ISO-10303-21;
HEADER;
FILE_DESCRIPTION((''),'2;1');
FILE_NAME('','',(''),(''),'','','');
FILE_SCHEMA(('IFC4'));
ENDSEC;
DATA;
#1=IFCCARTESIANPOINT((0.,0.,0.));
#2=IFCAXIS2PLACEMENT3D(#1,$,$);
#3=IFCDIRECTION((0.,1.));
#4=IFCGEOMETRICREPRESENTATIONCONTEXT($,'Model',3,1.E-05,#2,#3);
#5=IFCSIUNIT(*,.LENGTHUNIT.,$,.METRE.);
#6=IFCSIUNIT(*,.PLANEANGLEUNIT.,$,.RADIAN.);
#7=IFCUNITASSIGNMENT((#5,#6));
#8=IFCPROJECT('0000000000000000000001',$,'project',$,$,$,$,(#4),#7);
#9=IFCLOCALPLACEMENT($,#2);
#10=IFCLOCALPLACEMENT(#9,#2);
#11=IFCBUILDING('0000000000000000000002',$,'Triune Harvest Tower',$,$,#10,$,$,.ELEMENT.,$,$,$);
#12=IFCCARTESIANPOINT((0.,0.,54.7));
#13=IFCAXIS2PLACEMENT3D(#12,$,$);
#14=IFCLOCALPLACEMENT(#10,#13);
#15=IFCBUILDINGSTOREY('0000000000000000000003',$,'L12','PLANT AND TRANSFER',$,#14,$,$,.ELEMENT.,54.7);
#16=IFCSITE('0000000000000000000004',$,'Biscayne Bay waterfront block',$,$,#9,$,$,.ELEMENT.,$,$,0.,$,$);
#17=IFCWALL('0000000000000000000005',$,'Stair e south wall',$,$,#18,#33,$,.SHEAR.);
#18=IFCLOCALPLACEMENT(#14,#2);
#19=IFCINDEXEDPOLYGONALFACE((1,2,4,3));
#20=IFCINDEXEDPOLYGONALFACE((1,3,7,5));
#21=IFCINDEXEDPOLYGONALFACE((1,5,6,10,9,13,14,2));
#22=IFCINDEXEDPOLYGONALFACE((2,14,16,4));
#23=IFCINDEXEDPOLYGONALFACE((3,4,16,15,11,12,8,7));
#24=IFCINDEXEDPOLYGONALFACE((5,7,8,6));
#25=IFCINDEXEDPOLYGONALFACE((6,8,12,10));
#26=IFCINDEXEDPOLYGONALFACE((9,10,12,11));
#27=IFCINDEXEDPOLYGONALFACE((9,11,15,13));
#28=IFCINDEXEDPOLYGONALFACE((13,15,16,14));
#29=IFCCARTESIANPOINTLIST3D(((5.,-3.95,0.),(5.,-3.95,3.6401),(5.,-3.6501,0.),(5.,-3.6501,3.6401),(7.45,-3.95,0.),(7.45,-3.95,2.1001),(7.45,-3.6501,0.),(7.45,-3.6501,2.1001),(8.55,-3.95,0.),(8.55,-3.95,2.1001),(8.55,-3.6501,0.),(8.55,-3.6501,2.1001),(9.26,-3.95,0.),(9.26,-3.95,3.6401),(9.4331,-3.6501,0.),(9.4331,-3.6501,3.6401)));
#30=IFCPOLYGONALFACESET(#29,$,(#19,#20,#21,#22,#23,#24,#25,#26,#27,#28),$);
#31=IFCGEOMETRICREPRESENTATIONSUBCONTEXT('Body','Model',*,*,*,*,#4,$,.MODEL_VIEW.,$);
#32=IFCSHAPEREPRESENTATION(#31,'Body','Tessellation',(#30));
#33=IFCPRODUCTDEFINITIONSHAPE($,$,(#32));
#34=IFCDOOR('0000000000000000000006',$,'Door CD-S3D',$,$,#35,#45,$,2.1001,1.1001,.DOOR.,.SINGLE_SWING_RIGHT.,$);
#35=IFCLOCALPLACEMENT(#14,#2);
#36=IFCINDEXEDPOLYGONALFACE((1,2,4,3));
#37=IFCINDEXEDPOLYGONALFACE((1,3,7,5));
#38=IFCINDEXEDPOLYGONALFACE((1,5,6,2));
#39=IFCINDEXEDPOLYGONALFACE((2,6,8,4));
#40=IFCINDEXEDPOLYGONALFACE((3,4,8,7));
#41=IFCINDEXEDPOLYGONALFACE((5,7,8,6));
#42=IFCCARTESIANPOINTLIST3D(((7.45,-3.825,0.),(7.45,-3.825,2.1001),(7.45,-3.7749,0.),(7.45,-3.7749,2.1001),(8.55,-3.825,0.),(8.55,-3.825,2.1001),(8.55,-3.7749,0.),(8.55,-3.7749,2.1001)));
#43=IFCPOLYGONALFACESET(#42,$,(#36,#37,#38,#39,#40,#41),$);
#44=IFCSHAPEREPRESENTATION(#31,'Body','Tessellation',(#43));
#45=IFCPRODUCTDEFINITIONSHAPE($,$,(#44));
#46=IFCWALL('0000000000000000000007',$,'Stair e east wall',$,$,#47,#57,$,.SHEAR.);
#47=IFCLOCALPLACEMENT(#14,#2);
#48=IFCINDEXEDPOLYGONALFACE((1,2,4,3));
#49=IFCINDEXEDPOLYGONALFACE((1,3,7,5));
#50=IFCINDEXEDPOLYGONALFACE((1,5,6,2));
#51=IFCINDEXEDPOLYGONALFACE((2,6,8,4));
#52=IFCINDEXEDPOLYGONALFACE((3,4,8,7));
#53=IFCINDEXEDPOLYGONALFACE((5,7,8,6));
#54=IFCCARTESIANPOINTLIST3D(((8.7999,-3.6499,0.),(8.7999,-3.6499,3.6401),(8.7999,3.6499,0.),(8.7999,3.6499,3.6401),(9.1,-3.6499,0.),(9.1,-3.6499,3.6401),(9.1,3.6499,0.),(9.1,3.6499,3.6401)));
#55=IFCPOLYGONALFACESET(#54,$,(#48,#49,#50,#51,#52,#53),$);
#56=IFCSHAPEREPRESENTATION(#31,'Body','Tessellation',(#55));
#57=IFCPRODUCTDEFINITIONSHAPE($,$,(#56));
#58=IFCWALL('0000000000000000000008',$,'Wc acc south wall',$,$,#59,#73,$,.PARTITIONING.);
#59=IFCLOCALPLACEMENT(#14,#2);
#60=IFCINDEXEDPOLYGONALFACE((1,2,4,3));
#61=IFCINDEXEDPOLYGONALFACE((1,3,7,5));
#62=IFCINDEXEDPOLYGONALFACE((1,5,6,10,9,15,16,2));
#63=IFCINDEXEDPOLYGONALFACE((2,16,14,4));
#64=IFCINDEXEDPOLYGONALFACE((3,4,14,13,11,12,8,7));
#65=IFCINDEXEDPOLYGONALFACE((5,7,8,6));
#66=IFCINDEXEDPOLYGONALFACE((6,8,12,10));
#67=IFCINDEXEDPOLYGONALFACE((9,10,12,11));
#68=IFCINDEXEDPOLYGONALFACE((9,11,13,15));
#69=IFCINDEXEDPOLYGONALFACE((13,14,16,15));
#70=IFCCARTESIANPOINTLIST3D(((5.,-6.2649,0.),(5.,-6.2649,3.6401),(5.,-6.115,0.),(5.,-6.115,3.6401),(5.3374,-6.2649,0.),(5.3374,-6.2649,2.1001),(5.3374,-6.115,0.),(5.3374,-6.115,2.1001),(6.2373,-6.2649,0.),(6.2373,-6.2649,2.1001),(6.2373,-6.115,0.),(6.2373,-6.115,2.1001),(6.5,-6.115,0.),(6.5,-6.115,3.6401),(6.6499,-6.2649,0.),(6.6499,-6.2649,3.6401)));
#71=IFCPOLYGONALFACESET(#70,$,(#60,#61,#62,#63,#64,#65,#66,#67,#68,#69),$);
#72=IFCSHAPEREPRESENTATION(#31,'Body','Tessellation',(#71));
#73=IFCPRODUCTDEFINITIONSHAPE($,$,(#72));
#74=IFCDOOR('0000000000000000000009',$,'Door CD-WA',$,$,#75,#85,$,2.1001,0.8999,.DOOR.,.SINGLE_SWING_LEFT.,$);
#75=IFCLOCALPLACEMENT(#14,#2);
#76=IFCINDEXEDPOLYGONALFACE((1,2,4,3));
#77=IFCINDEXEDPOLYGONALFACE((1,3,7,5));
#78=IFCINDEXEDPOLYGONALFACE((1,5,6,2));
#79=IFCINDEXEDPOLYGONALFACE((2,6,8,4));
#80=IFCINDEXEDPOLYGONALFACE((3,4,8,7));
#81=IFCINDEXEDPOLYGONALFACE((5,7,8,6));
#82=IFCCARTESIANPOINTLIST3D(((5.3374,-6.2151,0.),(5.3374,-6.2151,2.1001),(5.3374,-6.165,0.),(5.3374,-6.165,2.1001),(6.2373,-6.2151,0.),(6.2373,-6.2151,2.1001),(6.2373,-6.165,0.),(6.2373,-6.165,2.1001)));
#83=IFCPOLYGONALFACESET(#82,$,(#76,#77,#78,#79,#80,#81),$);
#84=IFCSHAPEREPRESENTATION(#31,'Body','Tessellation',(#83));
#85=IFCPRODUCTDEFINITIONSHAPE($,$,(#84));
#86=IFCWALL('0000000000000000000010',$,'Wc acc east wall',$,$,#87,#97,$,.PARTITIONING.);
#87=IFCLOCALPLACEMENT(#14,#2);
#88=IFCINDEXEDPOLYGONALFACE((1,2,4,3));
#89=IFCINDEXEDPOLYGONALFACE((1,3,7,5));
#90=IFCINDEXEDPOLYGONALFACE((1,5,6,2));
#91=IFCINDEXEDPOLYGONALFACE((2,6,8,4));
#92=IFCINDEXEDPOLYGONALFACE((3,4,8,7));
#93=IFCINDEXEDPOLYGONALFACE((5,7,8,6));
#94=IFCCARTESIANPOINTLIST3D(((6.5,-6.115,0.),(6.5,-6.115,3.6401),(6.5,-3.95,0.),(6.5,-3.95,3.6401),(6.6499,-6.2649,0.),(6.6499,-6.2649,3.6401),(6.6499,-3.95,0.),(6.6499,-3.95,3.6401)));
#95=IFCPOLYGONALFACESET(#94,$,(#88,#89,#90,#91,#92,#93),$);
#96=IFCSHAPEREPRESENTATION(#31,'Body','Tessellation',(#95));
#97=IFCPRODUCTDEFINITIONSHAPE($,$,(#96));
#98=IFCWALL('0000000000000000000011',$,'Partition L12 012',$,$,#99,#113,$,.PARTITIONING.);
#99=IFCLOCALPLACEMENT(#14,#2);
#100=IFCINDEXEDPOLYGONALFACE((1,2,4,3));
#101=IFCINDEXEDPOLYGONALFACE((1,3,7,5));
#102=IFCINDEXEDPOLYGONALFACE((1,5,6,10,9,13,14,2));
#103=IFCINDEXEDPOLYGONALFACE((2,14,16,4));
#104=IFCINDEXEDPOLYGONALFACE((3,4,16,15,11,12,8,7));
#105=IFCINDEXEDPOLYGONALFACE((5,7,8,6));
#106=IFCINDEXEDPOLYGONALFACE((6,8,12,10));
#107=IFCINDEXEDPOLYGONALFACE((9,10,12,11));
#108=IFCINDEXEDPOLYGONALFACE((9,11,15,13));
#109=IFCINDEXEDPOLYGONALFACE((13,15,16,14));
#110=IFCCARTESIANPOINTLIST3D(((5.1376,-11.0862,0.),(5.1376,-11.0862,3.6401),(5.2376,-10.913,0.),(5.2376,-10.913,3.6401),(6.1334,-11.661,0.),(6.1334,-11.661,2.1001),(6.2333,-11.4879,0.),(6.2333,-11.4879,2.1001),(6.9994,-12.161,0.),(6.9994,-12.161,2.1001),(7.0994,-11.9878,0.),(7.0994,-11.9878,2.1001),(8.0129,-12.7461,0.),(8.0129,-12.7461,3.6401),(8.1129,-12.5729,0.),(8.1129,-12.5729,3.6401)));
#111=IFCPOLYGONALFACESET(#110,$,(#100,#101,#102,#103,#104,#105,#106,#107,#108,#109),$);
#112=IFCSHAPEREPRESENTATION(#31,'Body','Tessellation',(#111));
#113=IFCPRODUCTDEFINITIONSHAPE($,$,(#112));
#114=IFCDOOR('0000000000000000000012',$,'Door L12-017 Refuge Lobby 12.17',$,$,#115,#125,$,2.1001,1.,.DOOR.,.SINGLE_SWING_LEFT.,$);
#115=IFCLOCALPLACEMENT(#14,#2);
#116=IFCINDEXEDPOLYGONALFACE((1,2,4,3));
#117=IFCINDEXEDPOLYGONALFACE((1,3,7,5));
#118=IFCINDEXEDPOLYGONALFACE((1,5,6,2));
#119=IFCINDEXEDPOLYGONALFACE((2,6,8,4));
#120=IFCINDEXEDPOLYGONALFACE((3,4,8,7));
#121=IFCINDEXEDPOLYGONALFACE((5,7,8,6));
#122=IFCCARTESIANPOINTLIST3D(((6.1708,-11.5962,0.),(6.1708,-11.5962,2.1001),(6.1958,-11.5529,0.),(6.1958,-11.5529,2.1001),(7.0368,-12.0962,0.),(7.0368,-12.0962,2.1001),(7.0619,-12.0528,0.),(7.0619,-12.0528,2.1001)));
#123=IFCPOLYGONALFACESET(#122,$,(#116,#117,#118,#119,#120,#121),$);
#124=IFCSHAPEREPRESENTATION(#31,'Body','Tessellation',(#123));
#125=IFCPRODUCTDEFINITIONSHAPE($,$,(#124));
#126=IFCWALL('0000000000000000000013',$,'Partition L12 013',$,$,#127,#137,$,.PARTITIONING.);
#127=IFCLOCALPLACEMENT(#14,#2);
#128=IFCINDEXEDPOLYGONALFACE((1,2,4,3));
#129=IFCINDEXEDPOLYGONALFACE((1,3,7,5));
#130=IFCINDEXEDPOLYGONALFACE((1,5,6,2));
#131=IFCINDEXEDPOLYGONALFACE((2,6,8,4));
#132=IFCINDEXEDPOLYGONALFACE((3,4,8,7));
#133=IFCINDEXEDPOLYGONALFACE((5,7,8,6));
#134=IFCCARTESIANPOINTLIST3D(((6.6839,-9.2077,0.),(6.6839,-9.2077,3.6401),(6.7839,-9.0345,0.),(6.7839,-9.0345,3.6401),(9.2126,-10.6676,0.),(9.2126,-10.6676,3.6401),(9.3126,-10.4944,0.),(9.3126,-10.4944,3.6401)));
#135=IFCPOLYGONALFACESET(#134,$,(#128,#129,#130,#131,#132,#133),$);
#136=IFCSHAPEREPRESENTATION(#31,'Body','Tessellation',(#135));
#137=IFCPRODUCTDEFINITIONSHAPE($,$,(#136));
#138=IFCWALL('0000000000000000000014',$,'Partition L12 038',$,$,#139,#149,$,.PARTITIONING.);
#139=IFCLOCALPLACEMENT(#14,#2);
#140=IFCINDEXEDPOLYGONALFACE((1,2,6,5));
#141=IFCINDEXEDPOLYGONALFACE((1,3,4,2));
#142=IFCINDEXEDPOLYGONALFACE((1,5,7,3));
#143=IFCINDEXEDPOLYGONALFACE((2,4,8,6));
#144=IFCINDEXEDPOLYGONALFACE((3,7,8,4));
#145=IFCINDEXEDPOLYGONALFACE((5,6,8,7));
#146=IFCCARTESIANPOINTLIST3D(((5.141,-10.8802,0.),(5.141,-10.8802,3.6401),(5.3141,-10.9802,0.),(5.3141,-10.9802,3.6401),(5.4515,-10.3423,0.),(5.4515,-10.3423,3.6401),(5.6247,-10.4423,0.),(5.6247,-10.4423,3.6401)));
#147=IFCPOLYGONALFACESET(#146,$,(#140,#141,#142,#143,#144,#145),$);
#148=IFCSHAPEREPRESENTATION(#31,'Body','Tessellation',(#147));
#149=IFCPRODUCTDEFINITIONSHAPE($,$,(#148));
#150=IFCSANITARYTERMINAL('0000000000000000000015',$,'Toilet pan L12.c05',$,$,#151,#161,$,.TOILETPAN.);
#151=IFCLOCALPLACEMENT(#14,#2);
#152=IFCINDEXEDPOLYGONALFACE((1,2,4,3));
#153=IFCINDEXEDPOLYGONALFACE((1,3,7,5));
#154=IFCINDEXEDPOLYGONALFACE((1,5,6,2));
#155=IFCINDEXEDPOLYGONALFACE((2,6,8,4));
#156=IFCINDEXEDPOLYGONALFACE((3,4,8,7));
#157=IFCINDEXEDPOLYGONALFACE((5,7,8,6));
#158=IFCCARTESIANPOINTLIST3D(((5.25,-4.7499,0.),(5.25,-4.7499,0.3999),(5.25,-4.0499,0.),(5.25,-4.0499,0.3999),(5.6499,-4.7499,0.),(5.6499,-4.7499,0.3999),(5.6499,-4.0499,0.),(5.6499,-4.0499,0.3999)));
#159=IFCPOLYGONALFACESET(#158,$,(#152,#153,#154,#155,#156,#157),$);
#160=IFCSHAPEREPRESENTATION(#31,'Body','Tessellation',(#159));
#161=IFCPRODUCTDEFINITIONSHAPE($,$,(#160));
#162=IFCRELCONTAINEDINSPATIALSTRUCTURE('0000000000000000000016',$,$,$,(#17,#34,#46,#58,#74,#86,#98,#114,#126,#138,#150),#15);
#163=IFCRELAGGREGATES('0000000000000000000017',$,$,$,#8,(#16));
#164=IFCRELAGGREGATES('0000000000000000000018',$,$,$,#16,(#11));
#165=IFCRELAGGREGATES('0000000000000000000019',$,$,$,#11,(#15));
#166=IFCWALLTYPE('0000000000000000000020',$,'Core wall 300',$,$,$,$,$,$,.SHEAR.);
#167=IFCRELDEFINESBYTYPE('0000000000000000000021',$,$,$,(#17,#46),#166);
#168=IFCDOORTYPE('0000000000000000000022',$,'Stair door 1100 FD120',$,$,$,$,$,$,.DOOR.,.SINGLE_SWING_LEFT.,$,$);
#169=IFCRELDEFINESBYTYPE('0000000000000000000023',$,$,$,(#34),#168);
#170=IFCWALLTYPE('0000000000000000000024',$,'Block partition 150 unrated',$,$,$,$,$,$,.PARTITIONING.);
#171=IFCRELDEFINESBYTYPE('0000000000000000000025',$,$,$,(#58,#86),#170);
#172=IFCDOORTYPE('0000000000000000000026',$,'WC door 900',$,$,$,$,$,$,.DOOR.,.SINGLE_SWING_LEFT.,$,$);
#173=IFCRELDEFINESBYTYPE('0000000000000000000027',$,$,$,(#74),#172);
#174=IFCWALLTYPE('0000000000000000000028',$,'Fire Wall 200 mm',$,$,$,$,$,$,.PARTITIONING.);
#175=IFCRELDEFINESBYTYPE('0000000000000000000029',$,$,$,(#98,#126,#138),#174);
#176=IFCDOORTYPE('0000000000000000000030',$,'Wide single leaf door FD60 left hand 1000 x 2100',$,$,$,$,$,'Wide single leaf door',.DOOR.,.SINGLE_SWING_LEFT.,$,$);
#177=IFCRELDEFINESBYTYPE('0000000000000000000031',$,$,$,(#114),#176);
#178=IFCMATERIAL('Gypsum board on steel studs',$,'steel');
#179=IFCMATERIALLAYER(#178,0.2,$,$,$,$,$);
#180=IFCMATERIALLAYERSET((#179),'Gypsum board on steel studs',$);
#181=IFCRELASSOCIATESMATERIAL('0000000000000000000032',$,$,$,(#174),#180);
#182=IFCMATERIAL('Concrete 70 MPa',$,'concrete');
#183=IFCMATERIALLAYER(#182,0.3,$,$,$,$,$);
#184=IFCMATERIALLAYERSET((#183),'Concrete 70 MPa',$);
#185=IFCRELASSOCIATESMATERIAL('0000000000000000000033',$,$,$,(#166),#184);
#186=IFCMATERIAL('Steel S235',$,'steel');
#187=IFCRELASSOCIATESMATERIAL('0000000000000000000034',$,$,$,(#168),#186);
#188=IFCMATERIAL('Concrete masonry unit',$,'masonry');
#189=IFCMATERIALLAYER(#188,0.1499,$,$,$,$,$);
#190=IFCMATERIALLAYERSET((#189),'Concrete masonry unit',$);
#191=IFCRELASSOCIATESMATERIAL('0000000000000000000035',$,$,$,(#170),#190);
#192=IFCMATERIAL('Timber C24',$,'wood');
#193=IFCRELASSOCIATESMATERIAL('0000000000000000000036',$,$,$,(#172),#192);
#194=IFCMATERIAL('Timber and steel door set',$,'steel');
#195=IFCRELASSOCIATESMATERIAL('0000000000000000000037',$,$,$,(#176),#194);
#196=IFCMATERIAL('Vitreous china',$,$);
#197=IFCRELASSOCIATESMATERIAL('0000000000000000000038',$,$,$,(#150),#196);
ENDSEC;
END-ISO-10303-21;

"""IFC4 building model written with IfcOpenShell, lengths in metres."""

from ifc_helpers import new_model, si_unit, direction, frame, frame_2d, origin, origin_2d, place, context, subcontext, project, spatial, polyline, rectangle, outline, extrude, source, transform, mapped, material, layer, layer_set, type_object, element, fill, save


model = new_model("IFC4")

# Units and contexts
model_context = context("Model", 3, precision=1e-05, world=origin(), true_north=direction((0.0, 1.0)))
body_context = subcontext(model_context, "Body", "Model", "MODEL_VIEW")
ifc_project = project(units=[si_unit("LENGTHUNIT", "METRE"), si_unit("PLANEANGLEUNIT", "RADIAN")], contexts=[model_context])

# Site, building, storey
site_placement = place(None, origin())
site = spatial("IfcSite", under=ifc_project, at=site_placement, Name="Biscayne Bay waterfront block", CompositionType="ELEMENT", RefElevation=0.0)
building_placement = place(site_placement, origin())
building = spatial("IfcBuilding", under=site, at=building_placement, Name="Triune Harvest Tower", CompositionType="ELEMENT")
storey_placement = place(building_placement, frame((0.0, 0.0, 54.7)))
storey = spatial("IfcBuildingStorey", under=building, at=storey_placement, Name="L12", Description="PLANT AND TRANSFER", CompositionType="ELEMENT", Elevation=54.7)

# Shared definitions
ifc_material_1 = material(Name="Gypsum board on steel studs", Category="steel")
ifc_layer_1 = layer(ifc_material_1, 0.2)
ifc_layer_set_1 = layer_set([ifc_layer_1], Name="Gypsum board on steel studs")
wall_type_1 = type_object("IfcWallType", Name="Fire Wall 200 mm", PredefinedType="PARTITIONING", material=ifc_layer_set_1)

# Wall, opening, door
ifc_material_2 = material(Name="Concrete 70 MPa", Category="concrete")
ifc_layer_2 = layer(ifc_material_2, 0.3)
ifc_layer_set_2 = layer_set([ifc_layer_2], Name="Concrete 70 MPa")
wall_type_2 = type_object("IfcWallType", Name="Core wall 300", PredefinedType="SHEAR", material=ifc_layer_set_2)
shared_shape_1 = source(origin(), body_context, "Body", "SweptSolid", [
    extrude(outline(polyline([(0.0, -0.1499), (0.0, 0.1499), (4.4331, 0.1499), (4.26, -0.1499), (0.0, -0.1499)])), origin(), (0.0, 0.0, 1.0), 3.6401),
])
wall_1_placement = place(storey_placement, frame((5.0, -3.8, 0.0), z_axis=(0.0, 0.0, 1.0), x_axis=(1.0, 0.0, 0.0)))
wall_1 = element("IfcWall", 1, at=wall_1_placement, inside=storey, type_object=wall_type_2, Name="Stair e south wall", PredefinedType="SHEAR", context=body_context, shape_type="MappedRepresentation", body=[
    mapped(shared_shape_1, transform((0.0, 0.0, 0.0), scale=1.0)),
])
opening_1_placement = place(wall_1_placement, frame((2.45, 0.0, 0.0)))
opening_1 = element("IfcOpeningElement", 2, at=opening_1_placement, cuts=wall_1, PredefinedType="OPENING", context=body_context, shape_type="SweptSolid", body=[
    extrude(rectangle(XDim=1.1001, YDim=2.1001, at=frame_2d((0.55, 1.05))), frame((0.0, 0.1602, 0.0), z_axis=(0.0, -1.0, 0.0), x_axis=(1.0, 0.0, 0.0)), (0.0, 0.0, 1.0), 0.3201),
])
ifc_material_3 = material(Name="Steel S235", Category="steel")
door_type_1 = type_object("IfcDoorType", Name="Stair door 1100 FD120", OperationType="SINGLE_SWING_LEFT", PredefinedType="DOOR", material=ifc_material_3)
door_1_placement = place(opening_1_placement, frame((1.1001, 0.0, 0.0), z_axis=(0.0, 0.0, 1.0), x_axis=(-1.0, 0.0, 0.0)))
door_1 = element("IfcDoor", 3, at=door_1_placement, inside=storey, type_object=door_type_1, Name="Door CD-S3D", OperationType="SINGLE_SWING_RIGHT", OverallHeight=2.1001, OverallWidth=1.1001, PredefinedType="DOOR", context=body_context, shape_type="SweptSolid", body=[
    extrude(rectangle(XDim=1.1001, YDim=2.1001, at=frame_2d((0.55, 1.05))), frame((0.0, 0.0249, 0.0), z_axis=(0.0, -1.0, 0.0), x_axis=(1.0, 0.0, 0.0)), (0.0, 0.0, 1.0), 0.05),
])
fill(opening_1, door_1)

# Wall
shared_shape_2 = source(origin(), body_context, "Body", "SweptSolid", [
    extrude(rectangle(XDim=7.2998, YDim=0.3, at=frame_2d((3.6499, 0.0))), origin(), (0.0, 0.0, 1.0), 3.6401),
])
wall_2_placement = place(storey_placement, frame((8.95, -3.6499, 0.0), z_axis=(0.0, 0.0, 1.0), x_axis=(0.0, 1.0, 0.0)))
element("IfcWall", 4, at=wall_2_placement, inside=storey, type_object=wall_type_2, Name="Stair e east wall", PredefinedType="SHEAR", context=body_context, shape_type="MappedRepresentation", body=[
    mapped(shared_shape_2, transform((0.0, 0.0, 0.0), scale=1.0)),
])

# Wall, opening, door
ifc_material_4 = material(Name="Concrete masonry unit", Category="masonry")
ifc_layer_3 = layer(ifc_material_4, 0.1499)
ifc_layer_set_3 = layer_set([ifc_layer_3], Name="Concrete masonry unit")
wall_type_3 = type_object("IfcWallType", Name="Block partition 150 unrated", PredefinedType="PARTITIONING", material=ifc_layer_set_3)
shared_shape_3 = source(origin(), body_context, "Body", "SweptSolid", [
    extrude(outline(polyline([(0.0, -0.075), (1.6499, -0.075), (1.5, 0.075), (0.0, 0.075), (0.0, -0.075)])), origin(), (0.0, 0.0, 1.0), 3.6401),
])
wall_3_placement = place(storey_placement, frame((5.0, -6.1899, 0.0), z_axis=(0.0, 0.0, 1.0), x_axis=(1.0, 0.0, 0.0)))
wall_3 = element("IfcWall", 5, at=wall_3_placement, inside=storey, type_object=wall_type_3, Name="Wc acc south wall", PredefinedType="PARTITIONING", context=body_context, shape_type="MappedRepresentation", body=[
    mapped(shared_shape_3, transform((0.0, 0.0, 0.0), scale=1.0)),
])
opening_2_placement = place(wall_3_placement, frame((0.3374, 0.0, 0.0)))
opening_2 = element("IfcOpeningElement", 6, at=opening_2_placement, cuts=wall_3, PredefinedType="OPENING", context=body_context, shape_type="SweptSolid", body=[
    extrude(rectangle(XDim=0.8999, YDim=2.1001, at=frame_2d((0.45, 1.05))), frame((0.0, 0.085, 0.0), z_axis=(0.0, -1.0, 0.0), x_axis=(1.0, 0.0, 0.0)), (0.0, 0.0, 1.0), 0.1699),
])
ifc_material_5 = material(Name="Timber C24", Category="wood")
door_type_2 = type_object("IfcDoorType", Name="WC door 900", OperationType="SINGLE_SWING_LEFT", PredefinedType="DOOR", material=ifc_material_5)
door_2_placement = place(opening_2_placement, origin())
door_2 = element("IfcDoor", 7, at=door_2_placement, inside=storey, type_object=door_type_2, Name="Door CD-WA", OperationType="SINGLE_SWING_LEFT", OverallHeight=2.1001, OverallWidth=0.8999, PredefinedType="DOOR", context=body_context, shape_type="SweptSolid", body=[
    extrude(rectangle(XDim=0.8999, YDim=2.1001, at=frame_2d((0.45, 1.05))), frame((0.0, 0.0249, 0.0), z_axis=(0.0, -1.0, 0.0), x_axis=(1.0, 0.0, 0.0)), (0.0, 0.0, 1.0), 0.05),
])
fill(opening_2, door_2)

# Wall
shared_shape_4 = source(origin(), body_context, "Body", "SweptSolid", [
    extrude(outline(polyline([(-0.075, -0.075), (2.24, -0.075), (2.24, 0.075), (0.075, 0.075), (-0.075, -0.075)])), origin(), (0.0, 0.0, 1.0), 3.6401),
])
wall_4_placement = place(storey_placement, frame((6.575, -6.1899, 0.0), z_axis=(0.0, 0.0, 1.0), x_axis=(0.0, 1.0, 0.0)))
element("IfcWall", 8, at=wall_4_placement, inside=storey, type_object=wall_type_3, Name="Wc acc east wall", PredefinedType="PARTITIONING", context=body_context, shape_type="MappedRepresentation", body=[
    mapped(shared_shape_4, transform((0.0, 0.0, 0.0), scale=1.0)),
])

# Wall, opening, door
shared_shape_5 = source(origin(), body_context, "Body", "SweptSolid", [
    extrude(rectangle(XDim=3.3201, YDim=0.2, at=frame_2d((1.6602, 0.0))), origin(), (0.0, 0.0, 1.0), 3.6401),
])
wall_5_placement = place(storey_placement, frame((5.1875, -10.9995, 0.0), z_axis=(0.0, 0.0, 1.0), x_axis=(0.86604, -0.499975, 0.0)))
wall_5 = element("IfcWall", 9, at=wall_5_placement, inside=storey, type_object=wall_type_1, Name="Partition L12 012", PredefinedType="PARTITIONING", context=body_context, shape_type="MappedRepresentation", body=[
    mapped(shared_shape_5, transform((0.0, 0.0, 0.0), scale=1.0)),
])
opening_3_placement = place(wall_5_placement, frame((1.1499, 0.0, 0.0)))
opening_3 = element("IfcOpeningElement", 10, at=opening_3_placement, cuts=wall_5, PredefinedType="OPENING", context=body_context, shape_type="SweptSolid", body=[
    extrude(rectangle(XDim=1.0, YDim=2.1001, at=frame_2d((0.5, 1.05))), frame((0.0, 0.1099, 0.0), z_axis=(0.0, -1.0, 0.0), x_axis=(1.0, 0.0, 0.0)), (0.0, 0.0, 1.0), 0.22),
])
ifc_material_6 = material(Name="Timber and steel door set", Category="steel")
door_type_3 = type_object("IfcDoorType", Name="Wide single leaf door FD60 left hand 1000 x 2100", ElementType="Wide single leaf door", OperationType="SINGLE_SWING_LEFT", PredefinedType="DOOR", material=ifc_material_6)
door_3_placement = place(opening_3_placement, origin())
door_3 = element("IfcDoor", 11, at=door_3_placement, inside=storey, type_object=door_type_3, Name="Door L12-017 Refuge Lobby 12.17", OperationType="SINGLE_SWING_LEFT", OverallHeight=2.1001, OverallWidth=1.0, PredefinedType="DOOR", context=body_context, shape_type="SweptSolid", body=[
    extrude(rectangle(XDim=1.0, YDim=2.1001, at=frame_2d((0.5, 1.05))), frame((0.0, 0.0249, 0.0), z_axis=(0.0, -1.0, 0.0), x_axis=(1.0, 0.0, 0.0)), (0.0, 0.0, 1.0), 0.05),
])
fill(opening_3, door_3)

# Walls
shared_shape_6 = source(origin(), body_context, "Body", "SweptSolid", [
    extrude(rectangle(XDim=2.9199, YDim=0.2, at=frame_2d((1.46, 0.0))), origin(), (0.0, 0.0, 1.0), 3.6401),
])
wall_6_placement = place(storey_placement, frame((6.7339, -9.1211, 0.0), z_axis=(0.0, 0.0, 1.0), x_axis=(0.866032, -0.499988, 0.0)))
element("IfcWall", 12, at=wall_6_placement, inside=storey, type_object=wall_type_1, Name="Partition L12 013", PredefinedType="PARTITIONING", context=body_context, shape_type="MappedRepresentation", body=[
    mapped(shared_shape_6, transform((0.0, 0.0, 0.0), scale=1.0)),
])
shared_shape_7 = source(origin(), body_context, "Body", "SweptSolid", [
    extrude(rectangle(XDim=0.6211, YDim=0.2, at=frame_2d((0.3105, 0.0))), origin(), (0.0, 0.0, 1.0), 3.6401),
])
wall_7_placement = place(storey_placement, frame((5.2275, -10.9302, 0.0), z_axis=(0.0, 0.0, 1.0), x_axis=(0.500029, 0.866009, 0.0)))
element("IfcWall", 13, at=wall_7_placement, inside=storey, type_object=wall_type_1, Name="Partition L12 038", PredefinedType="PARTITIONING", context=body_context, shape_type="MappedRepresentation", body=[
    mapped(shared_shape_7, transform((0.0, 0.0, 0.0), scale=1.0)),
])

# Sanitary terminal
ifc_material_7 = material(Name="Vitreous china")
shared_shape_8 = source(origin(), body_context, "Body", "SweptSolid", [
    extrude(rectangle(XDim=0.3999, YDim=0.7, at=origin_2d()), origin(), (0.0, 0.0, 1.0), 0.3999),
])
sanitary_terminal_placement = place(storey_placement, frame((5.45, -4.3999, 0.0), z_axis=(0.0, 0.0, 1.0), x_axis=(1.0, 0.0, 0.0)))
element("IfcSanitaryTerminal", 14, at=sanitary_terminal_placement, inside=storey, material=ifc_material_7, Name="Toilet pan L12.c05", PredefinedType="TOILETPAN", context=body_context, shape_type="MappedRepresentation", body=[
    mapped(shared_shape_8, transform((0.0, 0.0, 0.0), scale=1.0)),
])

save(model, "model.ifc")
